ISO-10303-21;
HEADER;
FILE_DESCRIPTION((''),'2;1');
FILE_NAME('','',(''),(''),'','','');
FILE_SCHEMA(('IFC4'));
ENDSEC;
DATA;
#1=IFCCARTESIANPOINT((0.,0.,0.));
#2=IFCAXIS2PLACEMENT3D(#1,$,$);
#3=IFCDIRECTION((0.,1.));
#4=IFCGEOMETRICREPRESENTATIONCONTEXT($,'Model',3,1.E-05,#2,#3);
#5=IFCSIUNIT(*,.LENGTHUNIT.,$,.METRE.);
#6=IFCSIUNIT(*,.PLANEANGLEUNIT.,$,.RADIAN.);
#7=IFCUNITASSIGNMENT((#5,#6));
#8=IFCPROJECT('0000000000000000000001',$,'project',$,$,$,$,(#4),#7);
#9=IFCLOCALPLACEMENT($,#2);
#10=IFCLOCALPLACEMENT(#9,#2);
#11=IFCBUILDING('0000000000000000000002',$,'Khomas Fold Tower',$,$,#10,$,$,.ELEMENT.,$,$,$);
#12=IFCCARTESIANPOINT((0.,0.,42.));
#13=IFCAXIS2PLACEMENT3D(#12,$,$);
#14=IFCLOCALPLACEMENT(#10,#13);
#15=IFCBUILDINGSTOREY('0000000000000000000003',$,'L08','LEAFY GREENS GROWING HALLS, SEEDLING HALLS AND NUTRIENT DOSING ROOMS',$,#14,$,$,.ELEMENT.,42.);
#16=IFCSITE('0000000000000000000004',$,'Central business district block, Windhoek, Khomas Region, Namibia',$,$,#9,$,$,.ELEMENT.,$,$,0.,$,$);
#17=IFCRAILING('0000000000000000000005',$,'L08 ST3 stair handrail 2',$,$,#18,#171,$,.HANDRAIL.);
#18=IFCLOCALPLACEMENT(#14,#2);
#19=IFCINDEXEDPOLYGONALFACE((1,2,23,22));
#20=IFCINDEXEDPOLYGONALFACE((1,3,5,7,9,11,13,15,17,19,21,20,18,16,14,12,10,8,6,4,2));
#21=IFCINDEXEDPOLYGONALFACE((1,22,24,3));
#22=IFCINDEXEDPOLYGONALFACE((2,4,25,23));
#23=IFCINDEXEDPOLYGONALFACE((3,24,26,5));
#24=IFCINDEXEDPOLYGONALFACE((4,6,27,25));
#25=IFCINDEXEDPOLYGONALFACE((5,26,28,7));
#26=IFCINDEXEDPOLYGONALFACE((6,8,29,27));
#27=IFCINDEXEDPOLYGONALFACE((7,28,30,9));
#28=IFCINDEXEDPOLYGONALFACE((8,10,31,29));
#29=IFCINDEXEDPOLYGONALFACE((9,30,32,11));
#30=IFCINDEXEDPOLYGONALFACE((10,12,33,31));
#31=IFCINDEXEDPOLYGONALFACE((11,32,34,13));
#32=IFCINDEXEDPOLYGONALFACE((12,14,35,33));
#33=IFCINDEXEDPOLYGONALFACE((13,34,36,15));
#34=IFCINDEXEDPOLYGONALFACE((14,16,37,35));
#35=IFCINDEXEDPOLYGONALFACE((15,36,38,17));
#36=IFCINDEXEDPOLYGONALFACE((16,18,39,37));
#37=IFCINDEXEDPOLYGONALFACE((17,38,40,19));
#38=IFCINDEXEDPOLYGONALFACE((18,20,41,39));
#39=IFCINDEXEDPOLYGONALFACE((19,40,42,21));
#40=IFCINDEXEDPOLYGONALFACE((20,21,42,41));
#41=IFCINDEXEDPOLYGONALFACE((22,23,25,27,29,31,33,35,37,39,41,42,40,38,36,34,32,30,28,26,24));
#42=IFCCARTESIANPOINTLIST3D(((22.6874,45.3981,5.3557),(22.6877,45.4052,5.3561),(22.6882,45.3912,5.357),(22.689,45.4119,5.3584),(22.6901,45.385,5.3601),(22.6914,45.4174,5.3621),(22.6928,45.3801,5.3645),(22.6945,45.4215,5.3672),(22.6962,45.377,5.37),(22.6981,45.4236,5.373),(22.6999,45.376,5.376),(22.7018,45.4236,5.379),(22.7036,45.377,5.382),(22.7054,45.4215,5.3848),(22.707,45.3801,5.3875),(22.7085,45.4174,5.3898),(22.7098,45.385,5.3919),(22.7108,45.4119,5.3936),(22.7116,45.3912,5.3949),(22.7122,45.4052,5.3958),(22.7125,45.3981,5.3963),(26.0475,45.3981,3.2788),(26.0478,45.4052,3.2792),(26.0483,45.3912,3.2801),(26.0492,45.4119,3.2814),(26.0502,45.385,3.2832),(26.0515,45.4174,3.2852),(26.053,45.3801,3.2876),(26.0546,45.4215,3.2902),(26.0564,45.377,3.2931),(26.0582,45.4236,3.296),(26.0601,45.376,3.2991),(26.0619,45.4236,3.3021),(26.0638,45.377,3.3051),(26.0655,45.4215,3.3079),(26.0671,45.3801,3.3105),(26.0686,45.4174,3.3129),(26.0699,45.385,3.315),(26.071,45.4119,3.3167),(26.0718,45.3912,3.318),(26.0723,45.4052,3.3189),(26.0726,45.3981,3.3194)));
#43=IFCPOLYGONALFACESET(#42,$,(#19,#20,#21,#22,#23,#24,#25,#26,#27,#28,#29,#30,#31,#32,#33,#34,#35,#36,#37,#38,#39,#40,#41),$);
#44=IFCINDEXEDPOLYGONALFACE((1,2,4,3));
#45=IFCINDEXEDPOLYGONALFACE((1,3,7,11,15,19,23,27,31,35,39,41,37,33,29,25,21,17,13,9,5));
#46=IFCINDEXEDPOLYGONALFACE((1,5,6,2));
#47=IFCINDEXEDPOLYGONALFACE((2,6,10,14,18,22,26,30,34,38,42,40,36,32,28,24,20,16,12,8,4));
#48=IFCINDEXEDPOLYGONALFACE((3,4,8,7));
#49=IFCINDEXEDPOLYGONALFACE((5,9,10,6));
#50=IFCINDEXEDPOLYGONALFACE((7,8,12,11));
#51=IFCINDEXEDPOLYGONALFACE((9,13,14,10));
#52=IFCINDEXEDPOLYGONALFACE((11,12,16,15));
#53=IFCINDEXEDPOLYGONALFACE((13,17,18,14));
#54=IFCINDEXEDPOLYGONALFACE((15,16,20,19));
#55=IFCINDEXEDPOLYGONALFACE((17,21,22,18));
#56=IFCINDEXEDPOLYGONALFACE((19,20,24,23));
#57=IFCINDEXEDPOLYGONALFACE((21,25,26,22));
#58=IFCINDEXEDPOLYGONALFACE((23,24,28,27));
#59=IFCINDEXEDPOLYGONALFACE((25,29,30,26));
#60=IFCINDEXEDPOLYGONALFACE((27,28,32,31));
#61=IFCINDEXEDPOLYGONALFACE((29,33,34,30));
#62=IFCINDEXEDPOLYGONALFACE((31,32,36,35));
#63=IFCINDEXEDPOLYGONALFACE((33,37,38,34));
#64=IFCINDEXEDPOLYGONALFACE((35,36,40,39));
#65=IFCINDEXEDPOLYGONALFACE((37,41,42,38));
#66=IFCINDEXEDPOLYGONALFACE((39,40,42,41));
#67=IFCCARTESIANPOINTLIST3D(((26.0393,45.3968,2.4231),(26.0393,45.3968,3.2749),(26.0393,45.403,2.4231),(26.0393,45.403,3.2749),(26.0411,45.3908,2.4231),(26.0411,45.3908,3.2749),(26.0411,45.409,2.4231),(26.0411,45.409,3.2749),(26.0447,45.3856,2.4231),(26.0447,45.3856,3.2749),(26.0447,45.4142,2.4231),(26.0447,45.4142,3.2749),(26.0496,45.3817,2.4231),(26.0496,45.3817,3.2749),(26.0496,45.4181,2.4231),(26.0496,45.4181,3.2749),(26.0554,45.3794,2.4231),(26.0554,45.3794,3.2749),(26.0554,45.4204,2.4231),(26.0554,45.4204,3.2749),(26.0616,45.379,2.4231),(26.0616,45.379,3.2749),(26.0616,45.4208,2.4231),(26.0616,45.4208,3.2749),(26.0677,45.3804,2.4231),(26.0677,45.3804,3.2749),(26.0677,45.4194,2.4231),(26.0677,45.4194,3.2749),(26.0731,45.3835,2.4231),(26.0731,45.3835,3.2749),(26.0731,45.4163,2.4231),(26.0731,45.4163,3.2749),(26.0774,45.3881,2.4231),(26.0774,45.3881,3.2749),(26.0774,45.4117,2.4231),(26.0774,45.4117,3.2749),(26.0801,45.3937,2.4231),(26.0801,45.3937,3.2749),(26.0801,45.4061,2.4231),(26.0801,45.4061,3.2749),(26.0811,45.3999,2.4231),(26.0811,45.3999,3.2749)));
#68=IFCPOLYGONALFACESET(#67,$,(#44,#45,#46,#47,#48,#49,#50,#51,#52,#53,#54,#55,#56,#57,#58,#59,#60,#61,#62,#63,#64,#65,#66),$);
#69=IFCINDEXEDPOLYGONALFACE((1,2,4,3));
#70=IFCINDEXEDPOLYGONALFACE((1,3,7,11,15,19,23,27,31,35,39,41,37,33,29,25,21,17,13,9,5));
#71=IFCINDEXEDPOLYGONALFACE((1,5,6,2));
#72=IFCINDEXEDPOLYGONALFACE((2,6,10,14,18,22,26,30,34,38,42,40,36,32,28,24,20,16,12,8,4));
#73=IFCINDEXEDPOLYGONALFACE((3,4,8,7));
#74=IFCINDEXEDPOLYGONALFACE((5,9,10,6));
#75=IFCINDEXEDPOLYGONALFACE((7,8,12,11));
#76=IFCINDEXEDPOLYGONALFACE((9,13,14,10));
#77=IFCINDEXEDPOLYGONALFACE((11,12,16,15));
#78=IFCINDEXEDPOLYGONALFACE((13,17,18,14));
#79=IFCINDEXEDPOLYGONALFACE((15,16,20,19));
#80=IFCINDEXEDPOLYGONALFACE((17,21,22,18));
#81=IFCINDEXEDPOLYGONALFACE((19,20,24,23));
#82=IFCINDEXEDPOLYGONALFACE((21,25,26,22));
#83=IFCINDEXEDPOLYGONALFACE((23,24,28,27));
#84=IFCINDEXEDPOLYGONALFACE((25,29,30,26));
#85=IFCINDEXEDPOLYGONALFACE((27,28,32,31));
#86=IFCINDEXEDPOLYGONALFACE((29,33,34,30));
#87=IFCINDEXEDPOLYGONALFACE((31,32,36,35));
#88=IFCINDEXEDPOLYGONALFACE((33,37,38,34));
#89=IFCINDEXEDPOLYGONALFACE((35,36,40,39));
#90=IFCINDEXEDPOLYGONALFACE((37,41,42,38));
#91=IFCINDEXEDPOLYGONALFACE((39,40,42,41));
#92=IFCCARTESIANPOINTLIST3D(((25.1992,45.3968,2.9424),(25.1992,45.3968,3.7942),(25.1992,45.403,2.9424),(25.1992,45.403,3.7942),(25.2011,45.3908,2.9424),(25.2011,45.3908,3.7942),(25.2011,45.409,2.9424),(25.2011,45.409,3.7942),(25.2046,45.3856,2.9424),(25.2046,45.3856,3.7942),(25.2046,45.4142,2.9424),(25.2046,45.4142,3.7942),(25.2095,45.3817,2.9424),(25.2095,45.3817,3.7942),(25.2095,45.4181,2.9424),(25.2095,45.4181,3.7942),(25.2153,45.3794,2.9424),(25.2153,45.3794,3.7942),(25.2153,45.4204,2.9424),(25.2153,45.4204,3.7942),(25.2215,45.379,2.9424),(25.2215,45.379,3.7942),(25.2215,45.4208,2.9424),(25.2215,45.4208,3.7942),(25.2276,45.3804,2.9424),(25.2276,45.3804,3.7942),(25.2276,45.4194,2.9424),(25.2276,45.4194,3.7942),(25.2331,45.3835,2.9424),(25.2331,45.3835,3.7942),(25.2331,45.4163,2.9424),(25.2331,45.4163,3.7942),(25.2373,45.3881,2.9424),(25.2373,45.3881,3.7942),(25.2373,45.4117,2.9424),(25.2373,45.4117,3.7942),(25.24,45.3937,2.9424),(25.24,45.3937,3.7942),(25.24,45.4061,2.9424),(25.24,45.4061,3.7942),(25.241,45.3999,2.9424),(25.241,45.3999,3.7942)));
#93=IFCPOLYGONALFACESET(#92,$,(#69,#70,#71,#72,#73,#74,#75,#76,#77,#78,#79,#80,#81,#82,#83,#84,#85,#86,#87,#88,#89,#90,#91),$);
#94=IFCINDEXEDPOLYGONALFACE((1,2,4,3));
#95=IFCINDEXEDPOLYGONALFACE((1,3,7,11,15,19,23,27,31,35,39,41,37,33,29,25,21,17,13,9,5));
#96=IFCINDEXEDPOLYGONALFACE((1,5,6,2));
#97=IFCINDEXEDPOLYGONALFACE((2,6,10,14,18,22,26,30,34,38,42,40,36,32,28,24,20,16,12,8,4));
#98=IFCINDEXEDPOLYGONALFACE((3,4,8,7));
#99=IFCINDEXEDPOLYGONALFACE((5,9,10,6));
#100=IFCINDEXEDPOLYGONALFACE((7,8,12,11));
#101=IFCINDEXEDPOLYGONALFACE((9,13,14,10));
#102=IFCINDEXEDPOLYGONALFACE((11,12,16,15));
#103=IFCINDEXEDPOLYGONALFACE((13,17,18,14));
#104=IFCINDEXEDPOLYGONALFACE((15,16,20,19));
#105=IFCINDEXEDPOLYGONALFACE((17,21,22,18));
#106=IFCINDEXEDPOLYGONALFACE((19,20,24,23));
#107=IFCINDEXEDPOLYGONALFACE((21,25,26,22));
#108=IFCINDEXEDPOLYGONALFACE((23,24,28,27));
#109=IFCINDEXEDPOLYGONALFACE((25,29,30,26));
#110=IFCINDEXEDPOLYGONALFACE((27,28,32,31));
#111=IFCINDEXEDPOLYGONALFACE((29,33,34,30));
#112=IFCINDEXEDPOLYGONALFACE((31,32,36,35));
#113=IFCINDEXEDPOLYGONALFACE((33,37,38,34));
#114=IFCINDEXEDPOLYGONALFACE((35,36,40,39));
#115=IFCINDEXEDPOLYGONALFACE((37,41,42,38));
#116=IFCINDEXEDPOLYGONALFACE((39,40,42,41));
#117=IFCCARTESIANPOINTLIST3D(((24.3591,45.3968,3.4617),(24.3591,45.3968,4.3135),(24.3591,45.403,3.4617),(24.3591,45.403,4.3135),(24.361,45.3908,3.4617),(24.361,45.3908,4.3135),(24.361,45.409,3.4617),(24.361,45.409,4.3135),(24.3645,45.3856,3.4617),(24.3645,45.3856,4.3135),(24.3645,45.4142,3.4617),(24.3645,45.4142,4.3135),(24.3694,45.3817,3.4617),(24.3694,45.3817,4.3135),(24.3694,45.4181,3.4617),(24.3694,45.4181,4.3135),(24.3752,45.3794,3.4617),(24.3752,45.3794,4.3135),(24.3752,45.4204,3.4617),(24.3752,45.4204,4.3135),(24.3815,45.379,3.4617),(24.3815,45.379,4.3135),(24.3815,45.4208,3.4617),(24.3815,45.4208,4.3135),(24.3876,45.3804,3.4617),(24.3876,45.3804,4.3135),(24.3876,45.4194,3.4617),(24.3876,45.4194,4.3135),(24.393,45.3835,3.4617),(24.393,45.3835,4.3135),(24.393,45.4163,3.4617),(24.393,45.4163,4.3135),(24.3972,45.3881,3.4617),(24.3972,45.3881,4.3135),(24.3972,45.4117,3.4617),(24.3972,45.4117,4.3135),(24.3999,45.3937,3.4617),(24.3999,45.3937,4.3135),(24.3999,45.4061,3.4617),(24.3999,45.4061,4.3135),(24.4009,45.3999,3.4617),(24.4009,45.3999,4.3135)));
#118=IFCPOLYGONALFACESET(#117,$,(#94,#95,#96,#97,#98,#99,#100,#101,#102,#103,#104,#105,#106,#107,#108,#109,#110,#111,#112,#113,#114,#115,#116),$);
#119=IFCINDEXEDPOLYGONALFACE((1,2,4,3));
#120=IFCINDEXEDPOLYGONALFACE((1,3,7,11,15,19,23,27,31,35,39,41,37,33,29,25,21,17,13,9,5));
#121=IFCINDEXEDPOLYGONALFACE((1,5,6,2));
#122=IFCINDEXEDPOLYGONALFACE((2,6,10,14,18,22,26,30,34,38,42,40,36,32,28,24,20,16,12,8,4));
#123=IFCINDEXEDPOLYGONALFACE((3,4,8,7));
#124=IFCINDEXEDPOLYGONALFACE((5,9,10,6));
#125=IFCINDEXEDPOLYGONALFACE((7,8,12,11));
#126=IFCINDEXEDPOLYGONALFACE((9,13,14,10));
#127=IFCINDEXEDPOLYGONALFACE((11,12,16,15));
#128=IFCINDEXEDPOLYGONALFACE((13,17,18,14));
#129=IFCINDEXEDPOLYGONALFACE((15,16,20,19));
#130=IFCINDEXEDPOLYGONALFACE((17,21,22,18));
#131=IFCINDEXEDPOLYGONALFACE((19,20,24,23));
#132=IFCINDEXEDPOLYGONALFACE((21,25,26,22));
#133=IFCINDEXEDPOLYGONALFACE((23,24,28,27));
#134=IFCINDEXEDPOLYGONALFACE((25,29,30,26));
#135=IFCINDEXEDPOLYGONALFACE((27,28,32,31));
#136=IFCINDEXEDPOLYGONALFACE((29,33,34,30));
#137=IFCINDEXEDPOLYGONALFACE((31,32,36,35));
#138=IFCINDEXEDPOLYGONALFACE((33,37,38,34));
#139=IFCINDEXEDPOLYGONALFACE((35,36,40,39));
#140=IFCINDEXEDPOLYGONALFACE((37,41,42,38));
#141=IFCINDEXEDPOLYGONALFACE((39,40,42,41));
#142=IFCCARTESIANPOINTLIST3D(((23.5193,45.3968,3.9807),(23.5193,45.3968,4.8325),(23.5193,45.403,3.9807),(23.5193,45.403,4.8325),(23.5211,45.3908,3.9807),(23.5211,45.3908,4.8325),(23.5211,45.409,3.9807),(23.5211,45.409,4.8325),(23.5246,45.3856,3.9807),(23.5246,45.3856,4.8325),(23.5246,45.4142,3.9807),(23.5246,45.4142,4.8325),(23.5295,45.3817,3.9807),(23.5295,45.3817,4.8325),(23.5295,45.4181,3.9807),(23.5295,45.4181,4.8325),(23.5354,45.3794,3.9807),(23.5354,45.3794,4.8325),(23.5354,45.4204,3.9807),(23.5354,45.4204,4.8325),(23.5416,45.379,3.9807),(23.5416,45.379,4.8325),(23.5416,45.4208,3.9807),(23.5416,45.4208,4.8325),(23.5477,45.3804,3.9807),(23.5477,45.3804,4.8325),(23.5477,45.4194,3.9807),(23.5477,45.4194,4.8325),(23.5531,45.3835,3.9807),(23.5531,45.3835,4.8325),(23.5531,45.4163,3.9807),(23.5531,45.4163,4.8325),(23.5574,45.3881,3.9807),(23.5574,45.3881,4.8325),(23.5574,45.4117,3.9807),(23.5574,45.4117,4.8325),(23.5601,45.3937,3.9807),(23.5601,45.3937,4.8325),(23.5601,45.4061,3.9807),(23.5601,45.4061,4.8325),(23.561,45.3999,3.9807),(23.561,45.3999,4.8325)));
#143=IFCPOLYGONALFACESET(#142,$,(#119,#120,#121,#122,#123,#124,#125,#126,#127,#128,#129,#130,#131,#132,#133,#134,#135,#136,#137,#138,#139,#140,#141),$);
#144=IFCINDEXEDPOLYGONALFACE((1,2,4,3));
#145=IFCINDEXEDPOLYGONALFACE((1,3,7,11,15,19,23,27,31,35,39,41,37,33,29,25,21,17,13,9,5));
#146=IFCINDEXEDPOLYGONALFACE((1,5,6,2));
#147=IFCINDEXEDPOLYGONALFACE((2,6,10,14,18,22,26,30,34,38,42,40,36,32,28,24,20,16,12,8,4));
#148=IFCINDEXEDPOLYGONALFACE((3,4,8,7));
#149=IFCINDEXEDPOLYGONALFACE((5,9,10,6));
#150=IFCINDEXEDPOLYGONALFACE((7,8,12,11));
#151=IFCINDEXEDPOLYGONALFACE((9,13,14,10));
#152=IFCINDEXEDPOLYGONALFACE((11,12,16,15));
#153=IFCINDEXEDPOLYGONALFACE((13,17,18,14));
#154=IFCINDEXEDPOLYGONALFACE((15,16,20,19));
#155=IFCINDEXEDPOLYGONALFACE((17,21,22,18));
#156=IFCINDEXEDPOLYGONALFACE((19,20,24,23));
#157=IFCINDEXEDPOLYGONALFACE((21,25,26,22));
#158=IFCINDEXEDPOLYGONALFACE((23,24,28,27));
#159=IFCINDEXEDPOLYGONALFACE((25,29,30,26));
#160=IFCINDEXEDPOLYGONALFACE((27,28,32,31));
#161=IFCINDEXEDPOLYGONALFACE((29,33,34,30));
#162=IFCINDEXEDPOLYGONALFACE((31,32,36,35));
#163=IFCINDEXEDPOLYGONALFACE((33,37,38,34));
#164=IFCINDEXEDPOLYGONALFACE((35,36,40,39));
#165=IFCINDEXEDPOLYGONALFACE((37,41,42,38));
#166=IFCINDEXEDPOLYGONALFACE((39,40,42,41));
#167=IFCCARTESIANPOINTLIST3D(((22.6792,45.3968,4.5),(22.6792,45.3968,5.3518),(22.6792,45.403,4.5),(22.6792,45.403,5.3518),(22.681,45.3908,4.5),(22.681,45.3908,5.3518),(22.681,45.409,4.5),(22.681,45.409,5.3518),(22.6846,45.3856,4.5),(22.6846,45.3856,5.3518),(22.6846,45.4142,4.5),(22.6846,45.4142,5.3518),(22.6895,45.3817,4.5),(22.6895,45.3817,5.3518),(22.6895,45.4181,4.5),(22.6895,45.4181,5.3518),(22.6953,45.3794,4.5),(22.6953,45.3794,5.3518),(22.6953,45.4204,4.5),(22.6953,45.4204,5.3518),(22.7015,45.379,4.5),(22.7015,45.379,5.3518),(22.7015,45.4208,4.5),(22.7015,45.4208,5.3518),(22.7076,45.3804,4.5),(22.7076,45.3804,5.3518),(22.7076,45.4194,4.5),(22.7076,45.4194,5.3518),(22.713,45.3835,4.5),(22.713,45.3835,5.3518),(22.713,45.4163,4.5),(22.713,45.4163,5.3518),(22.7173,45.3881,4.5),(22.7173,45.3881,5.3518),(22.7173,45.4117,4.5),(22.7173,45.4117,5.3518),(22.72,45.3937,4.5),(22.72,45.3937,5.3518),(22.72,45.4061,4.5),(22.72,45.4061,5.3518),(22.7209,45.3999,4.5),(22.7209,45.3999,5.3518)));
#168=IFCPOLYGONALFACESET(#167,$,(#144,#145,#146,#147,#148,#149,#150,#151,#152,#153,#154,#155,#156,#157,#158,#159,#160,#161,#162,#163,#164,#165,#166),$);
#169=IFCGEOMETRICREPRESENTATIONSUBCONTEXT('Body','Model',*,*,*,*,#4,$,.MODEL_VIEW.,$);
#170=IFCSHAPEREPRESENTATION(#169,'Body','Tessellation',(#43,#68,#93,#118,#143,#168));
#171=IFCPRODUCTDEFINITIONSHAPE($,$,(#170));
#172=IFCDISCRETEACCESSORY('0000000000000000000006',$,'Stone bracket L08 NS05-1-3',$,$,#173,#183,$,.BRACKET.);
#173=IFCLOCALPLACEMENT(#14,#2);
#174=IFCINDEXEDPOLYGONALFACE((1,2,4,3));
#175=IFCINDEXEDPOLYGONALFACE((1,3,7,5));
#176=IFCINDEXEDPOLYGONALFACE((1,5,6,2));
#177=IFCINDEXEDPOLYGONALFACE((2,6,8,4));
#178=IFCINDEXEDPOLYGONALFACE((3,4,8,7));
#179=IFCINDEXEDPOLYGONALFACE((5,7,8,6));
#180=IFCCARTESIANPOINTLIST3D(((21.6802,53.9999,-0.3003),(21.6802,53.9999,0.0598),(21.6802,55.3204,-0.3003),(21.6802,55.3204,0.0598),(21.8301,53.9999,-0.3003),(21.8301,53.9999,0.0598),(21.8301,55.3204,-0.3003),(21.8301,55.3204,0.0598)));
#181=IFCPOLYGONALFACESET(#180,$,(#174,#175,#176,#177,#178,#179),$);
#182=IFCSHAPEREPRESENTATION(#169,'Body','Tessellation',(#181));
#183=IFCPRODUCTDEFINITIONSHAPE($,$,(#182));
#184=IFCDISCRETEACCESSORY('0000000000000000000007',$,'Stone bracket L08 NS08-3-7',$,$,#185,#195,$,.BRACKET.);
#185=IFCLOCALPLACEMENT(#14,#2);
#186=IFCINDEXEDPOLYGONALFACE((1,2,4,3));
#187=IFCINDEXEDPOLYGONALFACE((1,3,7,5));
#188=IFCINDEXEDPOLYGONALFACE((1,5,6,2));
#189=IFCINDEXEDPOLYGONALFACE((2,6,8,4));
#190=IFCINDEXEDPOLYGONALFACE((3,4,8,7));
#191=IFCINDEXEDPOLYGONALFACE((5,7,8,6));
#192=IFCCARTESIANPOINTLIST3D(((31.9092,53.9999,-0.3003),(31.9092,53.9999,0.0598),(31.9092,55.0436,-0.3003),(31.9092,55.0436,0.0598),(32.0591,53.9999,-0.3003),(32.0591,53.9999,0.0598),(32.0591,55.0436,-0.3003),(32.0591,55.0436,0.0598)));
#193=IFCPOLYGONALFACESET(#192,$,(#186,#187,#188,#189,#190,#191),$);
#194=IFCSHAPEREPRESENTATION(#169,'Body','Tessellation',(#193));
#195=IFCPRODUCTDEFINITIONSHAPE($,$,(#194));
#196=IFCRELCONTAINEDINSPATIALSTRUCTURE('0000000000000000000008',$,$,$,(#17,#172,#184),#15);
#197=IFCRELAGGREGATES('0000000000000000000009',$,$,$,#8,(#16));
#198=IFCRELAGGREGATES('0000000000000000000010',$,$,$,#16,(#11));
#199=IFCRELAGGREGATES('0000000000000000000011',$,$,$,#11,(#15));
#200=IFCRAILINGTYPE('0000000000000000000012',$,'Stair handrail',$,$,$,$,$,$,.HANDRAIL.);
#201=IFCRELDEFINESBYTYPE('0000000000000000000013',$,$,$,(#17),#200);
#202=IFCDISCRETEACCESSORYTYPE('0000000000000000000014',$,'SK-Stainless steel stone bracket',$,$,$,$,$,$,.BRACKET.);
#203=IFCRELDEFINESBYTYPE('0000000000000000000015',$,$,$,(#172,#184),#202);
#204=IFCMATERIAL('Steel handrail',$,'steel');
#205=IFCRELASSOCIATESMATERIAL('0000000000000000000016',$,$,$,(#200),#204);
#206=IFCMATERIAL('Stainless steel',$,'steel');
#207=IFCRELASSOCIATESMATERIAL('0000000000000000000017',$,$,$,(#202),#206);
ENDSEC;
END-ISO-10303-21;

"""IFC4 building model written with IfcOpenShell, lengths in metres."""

from ifc_helpers import new_model, si_unit, direction, frame, origin, origin_2d, place, context, subcontext, project, spatial, rectangle, circle, extrude, source, transform, mapped, material, type_object, element, save


model = new_model("IFC4")

# Units and contexts
model_context = context("Model", 3, precision=1e-05, world=origin(), true_north=direction((0.0, 1.0)))
body_context = subcontext(model_context, "Body", "Model", "MODEL_VIEW")
ifc_project = project(units=[si_unit("LENGTHUNIT", "METRE"), si_unit("PLANEANGLEUNIT", "RADIAN")], contexts=[model_context])

# Site, building, storey
site_placement = place(None, origin())
site = spatial("IfcSite", under=ifc_project, at=site_placement, Name="Central business district block, Windhoek, Khomas Region, Namibia", CompositionType="ELEMENT", RefElevation=0.0)
building_placement = place(site_placement, origin())
building = spatial("IfcBuilding", under=site, at=building_placement, Name="Khomas Fold Tower", CompositionType="ELEMENT")
storey_placement = place(building_placement, frame((0.0, 0.0, 42.0)))
storey = spatial("IfcBuildingStorey", under=building, at=storey_placement, Name="L08", Description="LEAFY GREENS GROWING HALLS, SEEDLING HALLS AND NUTRIENT DOSING ROOMS", CompositionType="ELEMENT", Elevation=42.0)

# Railing
ifc_material_1 = material(Name="Steel handrail", Category="steel")
railing_type_1 = type_object("IfcRailingType", Name="Stair handrail", PredefinedType="HANDRAIL", material=ifc_material_1)
shared_shape_1 = source(origin(), body_context, "Body", "SweptSolid", [
    extrude(circle(Radius=0.0239, at=origin_2d()), frame((0.0, 0.0, 0.876), z_axis=(-0.850623, 0.0, 0.525776), x_axis=(0.0, -1.0, 0.0)), (0.0, 0.0, 1.0), 3.9502),
    extrude(circle(Radius=0.021, at=origin_2d()), origin(), (0.0, 0.0, 1.0), 0.8518),
    extrude(circle(Radius=0.021, at=origin_2d()), frame((-0.8401, 0.0, 0.5193)), (0.0, 0.0, 1.0), 0.8518),
    extrude(circle(Radius=0.021, at=origin_2d()), frame((-1.6802, 0.0, 1.0386)), (0.0, 0.0, 1.0), 0.8518),
    extrude(circle(Radius=0.021, at=origin_2d()), frame((-2.52, 0.0, 1.5576)), (0.0, 0.0, 1.0), 0.8518),
    extrude(circle(Radius=0.021, at=origin_2d()), frame((-3.3601, 0.0, 2.0769)), (0.0, 0.0, 1.0), 0.8518),
])
railing_1_placement = place(storey_placement, frame((26.0601, 45.3999, 2.4231)))
element("IfcRailing", 1, at=railing_1_placement, inside=storey, type_object=railing_type_1, Name="L08 ST3 stair handrail 2", PredefinedType="HANDRAIL", context=body_context, shape_type="MappedRepresentation", body=[
    mapped(shared_shape_1, transform((0.0, 0.0, 0.0))),
])

# Discrete accessories
ifc_material_2 = material(Name="Stainless steel", Category="steel")
discrete_accessory_type = type_object("IfcDiscreteAccessoryType", Name="SK-Stainless steel stone bracket", PredefinedType="BRACKET", material=ifc_material_2)
shared_shape_2 = source(origin(), body_context, "Body", "SweptSolid", [
    extrude(rectangle(XDim=1.3206, YDim=0.1499, at=origin_2d()), origin(), (0.0, 0.0, 1.0), 0.3601),
])
discrete_accessory_1_placement = place(storey_placement, frame((21.7551, 54.6602, -0.3003), z_axis=(0.0, 0.0, 1.0), x_axis=(0.0, 1.0, 0.0)))
element("IfcDiscreteAccessory", 2, at=discrete_accessory_1_placement, inside=storey, type_object=discrete_accessory_type, Name="Stone bracket L08 NS05-1-3", PredefinedType="BRACKET", context=body_context, shape_type="MappedRepresentation", body=[
    mapped(shared_shape_2, transform((0.0, 0.0, 0.0))),
])
shared_shape_3 = source(origin(), body_context, "Body", "SweptSolid", [
    extrude(rectangle(XDim=1.0437, YDim=0.1499, at=origin_2d()), origin(), (0.0, 0.0, 1.0), 0.3601),
])
discrete_accessory_2_placement = place(storey_placement, frame((31.9841, 54.5217, -0.3003), z_axis=(0.0, 0.0, 1.0), x_axis=(0.0, 1.0, 0.0)))
element("IfcDiscreteAccessory", 3, at=discrete_accessory_2_placement, inside=storey, type_object=discrete_accessory_type, Name="Stone bracket L08 NS08-3-7", PredefinedType="BRACKET", context=body_context, shape_type="MappedRepresentation", body=[
    mapped(shared_shape_3, transform((0.0, 0.0, 0.0))),
])

save(model, "model.ifc")
